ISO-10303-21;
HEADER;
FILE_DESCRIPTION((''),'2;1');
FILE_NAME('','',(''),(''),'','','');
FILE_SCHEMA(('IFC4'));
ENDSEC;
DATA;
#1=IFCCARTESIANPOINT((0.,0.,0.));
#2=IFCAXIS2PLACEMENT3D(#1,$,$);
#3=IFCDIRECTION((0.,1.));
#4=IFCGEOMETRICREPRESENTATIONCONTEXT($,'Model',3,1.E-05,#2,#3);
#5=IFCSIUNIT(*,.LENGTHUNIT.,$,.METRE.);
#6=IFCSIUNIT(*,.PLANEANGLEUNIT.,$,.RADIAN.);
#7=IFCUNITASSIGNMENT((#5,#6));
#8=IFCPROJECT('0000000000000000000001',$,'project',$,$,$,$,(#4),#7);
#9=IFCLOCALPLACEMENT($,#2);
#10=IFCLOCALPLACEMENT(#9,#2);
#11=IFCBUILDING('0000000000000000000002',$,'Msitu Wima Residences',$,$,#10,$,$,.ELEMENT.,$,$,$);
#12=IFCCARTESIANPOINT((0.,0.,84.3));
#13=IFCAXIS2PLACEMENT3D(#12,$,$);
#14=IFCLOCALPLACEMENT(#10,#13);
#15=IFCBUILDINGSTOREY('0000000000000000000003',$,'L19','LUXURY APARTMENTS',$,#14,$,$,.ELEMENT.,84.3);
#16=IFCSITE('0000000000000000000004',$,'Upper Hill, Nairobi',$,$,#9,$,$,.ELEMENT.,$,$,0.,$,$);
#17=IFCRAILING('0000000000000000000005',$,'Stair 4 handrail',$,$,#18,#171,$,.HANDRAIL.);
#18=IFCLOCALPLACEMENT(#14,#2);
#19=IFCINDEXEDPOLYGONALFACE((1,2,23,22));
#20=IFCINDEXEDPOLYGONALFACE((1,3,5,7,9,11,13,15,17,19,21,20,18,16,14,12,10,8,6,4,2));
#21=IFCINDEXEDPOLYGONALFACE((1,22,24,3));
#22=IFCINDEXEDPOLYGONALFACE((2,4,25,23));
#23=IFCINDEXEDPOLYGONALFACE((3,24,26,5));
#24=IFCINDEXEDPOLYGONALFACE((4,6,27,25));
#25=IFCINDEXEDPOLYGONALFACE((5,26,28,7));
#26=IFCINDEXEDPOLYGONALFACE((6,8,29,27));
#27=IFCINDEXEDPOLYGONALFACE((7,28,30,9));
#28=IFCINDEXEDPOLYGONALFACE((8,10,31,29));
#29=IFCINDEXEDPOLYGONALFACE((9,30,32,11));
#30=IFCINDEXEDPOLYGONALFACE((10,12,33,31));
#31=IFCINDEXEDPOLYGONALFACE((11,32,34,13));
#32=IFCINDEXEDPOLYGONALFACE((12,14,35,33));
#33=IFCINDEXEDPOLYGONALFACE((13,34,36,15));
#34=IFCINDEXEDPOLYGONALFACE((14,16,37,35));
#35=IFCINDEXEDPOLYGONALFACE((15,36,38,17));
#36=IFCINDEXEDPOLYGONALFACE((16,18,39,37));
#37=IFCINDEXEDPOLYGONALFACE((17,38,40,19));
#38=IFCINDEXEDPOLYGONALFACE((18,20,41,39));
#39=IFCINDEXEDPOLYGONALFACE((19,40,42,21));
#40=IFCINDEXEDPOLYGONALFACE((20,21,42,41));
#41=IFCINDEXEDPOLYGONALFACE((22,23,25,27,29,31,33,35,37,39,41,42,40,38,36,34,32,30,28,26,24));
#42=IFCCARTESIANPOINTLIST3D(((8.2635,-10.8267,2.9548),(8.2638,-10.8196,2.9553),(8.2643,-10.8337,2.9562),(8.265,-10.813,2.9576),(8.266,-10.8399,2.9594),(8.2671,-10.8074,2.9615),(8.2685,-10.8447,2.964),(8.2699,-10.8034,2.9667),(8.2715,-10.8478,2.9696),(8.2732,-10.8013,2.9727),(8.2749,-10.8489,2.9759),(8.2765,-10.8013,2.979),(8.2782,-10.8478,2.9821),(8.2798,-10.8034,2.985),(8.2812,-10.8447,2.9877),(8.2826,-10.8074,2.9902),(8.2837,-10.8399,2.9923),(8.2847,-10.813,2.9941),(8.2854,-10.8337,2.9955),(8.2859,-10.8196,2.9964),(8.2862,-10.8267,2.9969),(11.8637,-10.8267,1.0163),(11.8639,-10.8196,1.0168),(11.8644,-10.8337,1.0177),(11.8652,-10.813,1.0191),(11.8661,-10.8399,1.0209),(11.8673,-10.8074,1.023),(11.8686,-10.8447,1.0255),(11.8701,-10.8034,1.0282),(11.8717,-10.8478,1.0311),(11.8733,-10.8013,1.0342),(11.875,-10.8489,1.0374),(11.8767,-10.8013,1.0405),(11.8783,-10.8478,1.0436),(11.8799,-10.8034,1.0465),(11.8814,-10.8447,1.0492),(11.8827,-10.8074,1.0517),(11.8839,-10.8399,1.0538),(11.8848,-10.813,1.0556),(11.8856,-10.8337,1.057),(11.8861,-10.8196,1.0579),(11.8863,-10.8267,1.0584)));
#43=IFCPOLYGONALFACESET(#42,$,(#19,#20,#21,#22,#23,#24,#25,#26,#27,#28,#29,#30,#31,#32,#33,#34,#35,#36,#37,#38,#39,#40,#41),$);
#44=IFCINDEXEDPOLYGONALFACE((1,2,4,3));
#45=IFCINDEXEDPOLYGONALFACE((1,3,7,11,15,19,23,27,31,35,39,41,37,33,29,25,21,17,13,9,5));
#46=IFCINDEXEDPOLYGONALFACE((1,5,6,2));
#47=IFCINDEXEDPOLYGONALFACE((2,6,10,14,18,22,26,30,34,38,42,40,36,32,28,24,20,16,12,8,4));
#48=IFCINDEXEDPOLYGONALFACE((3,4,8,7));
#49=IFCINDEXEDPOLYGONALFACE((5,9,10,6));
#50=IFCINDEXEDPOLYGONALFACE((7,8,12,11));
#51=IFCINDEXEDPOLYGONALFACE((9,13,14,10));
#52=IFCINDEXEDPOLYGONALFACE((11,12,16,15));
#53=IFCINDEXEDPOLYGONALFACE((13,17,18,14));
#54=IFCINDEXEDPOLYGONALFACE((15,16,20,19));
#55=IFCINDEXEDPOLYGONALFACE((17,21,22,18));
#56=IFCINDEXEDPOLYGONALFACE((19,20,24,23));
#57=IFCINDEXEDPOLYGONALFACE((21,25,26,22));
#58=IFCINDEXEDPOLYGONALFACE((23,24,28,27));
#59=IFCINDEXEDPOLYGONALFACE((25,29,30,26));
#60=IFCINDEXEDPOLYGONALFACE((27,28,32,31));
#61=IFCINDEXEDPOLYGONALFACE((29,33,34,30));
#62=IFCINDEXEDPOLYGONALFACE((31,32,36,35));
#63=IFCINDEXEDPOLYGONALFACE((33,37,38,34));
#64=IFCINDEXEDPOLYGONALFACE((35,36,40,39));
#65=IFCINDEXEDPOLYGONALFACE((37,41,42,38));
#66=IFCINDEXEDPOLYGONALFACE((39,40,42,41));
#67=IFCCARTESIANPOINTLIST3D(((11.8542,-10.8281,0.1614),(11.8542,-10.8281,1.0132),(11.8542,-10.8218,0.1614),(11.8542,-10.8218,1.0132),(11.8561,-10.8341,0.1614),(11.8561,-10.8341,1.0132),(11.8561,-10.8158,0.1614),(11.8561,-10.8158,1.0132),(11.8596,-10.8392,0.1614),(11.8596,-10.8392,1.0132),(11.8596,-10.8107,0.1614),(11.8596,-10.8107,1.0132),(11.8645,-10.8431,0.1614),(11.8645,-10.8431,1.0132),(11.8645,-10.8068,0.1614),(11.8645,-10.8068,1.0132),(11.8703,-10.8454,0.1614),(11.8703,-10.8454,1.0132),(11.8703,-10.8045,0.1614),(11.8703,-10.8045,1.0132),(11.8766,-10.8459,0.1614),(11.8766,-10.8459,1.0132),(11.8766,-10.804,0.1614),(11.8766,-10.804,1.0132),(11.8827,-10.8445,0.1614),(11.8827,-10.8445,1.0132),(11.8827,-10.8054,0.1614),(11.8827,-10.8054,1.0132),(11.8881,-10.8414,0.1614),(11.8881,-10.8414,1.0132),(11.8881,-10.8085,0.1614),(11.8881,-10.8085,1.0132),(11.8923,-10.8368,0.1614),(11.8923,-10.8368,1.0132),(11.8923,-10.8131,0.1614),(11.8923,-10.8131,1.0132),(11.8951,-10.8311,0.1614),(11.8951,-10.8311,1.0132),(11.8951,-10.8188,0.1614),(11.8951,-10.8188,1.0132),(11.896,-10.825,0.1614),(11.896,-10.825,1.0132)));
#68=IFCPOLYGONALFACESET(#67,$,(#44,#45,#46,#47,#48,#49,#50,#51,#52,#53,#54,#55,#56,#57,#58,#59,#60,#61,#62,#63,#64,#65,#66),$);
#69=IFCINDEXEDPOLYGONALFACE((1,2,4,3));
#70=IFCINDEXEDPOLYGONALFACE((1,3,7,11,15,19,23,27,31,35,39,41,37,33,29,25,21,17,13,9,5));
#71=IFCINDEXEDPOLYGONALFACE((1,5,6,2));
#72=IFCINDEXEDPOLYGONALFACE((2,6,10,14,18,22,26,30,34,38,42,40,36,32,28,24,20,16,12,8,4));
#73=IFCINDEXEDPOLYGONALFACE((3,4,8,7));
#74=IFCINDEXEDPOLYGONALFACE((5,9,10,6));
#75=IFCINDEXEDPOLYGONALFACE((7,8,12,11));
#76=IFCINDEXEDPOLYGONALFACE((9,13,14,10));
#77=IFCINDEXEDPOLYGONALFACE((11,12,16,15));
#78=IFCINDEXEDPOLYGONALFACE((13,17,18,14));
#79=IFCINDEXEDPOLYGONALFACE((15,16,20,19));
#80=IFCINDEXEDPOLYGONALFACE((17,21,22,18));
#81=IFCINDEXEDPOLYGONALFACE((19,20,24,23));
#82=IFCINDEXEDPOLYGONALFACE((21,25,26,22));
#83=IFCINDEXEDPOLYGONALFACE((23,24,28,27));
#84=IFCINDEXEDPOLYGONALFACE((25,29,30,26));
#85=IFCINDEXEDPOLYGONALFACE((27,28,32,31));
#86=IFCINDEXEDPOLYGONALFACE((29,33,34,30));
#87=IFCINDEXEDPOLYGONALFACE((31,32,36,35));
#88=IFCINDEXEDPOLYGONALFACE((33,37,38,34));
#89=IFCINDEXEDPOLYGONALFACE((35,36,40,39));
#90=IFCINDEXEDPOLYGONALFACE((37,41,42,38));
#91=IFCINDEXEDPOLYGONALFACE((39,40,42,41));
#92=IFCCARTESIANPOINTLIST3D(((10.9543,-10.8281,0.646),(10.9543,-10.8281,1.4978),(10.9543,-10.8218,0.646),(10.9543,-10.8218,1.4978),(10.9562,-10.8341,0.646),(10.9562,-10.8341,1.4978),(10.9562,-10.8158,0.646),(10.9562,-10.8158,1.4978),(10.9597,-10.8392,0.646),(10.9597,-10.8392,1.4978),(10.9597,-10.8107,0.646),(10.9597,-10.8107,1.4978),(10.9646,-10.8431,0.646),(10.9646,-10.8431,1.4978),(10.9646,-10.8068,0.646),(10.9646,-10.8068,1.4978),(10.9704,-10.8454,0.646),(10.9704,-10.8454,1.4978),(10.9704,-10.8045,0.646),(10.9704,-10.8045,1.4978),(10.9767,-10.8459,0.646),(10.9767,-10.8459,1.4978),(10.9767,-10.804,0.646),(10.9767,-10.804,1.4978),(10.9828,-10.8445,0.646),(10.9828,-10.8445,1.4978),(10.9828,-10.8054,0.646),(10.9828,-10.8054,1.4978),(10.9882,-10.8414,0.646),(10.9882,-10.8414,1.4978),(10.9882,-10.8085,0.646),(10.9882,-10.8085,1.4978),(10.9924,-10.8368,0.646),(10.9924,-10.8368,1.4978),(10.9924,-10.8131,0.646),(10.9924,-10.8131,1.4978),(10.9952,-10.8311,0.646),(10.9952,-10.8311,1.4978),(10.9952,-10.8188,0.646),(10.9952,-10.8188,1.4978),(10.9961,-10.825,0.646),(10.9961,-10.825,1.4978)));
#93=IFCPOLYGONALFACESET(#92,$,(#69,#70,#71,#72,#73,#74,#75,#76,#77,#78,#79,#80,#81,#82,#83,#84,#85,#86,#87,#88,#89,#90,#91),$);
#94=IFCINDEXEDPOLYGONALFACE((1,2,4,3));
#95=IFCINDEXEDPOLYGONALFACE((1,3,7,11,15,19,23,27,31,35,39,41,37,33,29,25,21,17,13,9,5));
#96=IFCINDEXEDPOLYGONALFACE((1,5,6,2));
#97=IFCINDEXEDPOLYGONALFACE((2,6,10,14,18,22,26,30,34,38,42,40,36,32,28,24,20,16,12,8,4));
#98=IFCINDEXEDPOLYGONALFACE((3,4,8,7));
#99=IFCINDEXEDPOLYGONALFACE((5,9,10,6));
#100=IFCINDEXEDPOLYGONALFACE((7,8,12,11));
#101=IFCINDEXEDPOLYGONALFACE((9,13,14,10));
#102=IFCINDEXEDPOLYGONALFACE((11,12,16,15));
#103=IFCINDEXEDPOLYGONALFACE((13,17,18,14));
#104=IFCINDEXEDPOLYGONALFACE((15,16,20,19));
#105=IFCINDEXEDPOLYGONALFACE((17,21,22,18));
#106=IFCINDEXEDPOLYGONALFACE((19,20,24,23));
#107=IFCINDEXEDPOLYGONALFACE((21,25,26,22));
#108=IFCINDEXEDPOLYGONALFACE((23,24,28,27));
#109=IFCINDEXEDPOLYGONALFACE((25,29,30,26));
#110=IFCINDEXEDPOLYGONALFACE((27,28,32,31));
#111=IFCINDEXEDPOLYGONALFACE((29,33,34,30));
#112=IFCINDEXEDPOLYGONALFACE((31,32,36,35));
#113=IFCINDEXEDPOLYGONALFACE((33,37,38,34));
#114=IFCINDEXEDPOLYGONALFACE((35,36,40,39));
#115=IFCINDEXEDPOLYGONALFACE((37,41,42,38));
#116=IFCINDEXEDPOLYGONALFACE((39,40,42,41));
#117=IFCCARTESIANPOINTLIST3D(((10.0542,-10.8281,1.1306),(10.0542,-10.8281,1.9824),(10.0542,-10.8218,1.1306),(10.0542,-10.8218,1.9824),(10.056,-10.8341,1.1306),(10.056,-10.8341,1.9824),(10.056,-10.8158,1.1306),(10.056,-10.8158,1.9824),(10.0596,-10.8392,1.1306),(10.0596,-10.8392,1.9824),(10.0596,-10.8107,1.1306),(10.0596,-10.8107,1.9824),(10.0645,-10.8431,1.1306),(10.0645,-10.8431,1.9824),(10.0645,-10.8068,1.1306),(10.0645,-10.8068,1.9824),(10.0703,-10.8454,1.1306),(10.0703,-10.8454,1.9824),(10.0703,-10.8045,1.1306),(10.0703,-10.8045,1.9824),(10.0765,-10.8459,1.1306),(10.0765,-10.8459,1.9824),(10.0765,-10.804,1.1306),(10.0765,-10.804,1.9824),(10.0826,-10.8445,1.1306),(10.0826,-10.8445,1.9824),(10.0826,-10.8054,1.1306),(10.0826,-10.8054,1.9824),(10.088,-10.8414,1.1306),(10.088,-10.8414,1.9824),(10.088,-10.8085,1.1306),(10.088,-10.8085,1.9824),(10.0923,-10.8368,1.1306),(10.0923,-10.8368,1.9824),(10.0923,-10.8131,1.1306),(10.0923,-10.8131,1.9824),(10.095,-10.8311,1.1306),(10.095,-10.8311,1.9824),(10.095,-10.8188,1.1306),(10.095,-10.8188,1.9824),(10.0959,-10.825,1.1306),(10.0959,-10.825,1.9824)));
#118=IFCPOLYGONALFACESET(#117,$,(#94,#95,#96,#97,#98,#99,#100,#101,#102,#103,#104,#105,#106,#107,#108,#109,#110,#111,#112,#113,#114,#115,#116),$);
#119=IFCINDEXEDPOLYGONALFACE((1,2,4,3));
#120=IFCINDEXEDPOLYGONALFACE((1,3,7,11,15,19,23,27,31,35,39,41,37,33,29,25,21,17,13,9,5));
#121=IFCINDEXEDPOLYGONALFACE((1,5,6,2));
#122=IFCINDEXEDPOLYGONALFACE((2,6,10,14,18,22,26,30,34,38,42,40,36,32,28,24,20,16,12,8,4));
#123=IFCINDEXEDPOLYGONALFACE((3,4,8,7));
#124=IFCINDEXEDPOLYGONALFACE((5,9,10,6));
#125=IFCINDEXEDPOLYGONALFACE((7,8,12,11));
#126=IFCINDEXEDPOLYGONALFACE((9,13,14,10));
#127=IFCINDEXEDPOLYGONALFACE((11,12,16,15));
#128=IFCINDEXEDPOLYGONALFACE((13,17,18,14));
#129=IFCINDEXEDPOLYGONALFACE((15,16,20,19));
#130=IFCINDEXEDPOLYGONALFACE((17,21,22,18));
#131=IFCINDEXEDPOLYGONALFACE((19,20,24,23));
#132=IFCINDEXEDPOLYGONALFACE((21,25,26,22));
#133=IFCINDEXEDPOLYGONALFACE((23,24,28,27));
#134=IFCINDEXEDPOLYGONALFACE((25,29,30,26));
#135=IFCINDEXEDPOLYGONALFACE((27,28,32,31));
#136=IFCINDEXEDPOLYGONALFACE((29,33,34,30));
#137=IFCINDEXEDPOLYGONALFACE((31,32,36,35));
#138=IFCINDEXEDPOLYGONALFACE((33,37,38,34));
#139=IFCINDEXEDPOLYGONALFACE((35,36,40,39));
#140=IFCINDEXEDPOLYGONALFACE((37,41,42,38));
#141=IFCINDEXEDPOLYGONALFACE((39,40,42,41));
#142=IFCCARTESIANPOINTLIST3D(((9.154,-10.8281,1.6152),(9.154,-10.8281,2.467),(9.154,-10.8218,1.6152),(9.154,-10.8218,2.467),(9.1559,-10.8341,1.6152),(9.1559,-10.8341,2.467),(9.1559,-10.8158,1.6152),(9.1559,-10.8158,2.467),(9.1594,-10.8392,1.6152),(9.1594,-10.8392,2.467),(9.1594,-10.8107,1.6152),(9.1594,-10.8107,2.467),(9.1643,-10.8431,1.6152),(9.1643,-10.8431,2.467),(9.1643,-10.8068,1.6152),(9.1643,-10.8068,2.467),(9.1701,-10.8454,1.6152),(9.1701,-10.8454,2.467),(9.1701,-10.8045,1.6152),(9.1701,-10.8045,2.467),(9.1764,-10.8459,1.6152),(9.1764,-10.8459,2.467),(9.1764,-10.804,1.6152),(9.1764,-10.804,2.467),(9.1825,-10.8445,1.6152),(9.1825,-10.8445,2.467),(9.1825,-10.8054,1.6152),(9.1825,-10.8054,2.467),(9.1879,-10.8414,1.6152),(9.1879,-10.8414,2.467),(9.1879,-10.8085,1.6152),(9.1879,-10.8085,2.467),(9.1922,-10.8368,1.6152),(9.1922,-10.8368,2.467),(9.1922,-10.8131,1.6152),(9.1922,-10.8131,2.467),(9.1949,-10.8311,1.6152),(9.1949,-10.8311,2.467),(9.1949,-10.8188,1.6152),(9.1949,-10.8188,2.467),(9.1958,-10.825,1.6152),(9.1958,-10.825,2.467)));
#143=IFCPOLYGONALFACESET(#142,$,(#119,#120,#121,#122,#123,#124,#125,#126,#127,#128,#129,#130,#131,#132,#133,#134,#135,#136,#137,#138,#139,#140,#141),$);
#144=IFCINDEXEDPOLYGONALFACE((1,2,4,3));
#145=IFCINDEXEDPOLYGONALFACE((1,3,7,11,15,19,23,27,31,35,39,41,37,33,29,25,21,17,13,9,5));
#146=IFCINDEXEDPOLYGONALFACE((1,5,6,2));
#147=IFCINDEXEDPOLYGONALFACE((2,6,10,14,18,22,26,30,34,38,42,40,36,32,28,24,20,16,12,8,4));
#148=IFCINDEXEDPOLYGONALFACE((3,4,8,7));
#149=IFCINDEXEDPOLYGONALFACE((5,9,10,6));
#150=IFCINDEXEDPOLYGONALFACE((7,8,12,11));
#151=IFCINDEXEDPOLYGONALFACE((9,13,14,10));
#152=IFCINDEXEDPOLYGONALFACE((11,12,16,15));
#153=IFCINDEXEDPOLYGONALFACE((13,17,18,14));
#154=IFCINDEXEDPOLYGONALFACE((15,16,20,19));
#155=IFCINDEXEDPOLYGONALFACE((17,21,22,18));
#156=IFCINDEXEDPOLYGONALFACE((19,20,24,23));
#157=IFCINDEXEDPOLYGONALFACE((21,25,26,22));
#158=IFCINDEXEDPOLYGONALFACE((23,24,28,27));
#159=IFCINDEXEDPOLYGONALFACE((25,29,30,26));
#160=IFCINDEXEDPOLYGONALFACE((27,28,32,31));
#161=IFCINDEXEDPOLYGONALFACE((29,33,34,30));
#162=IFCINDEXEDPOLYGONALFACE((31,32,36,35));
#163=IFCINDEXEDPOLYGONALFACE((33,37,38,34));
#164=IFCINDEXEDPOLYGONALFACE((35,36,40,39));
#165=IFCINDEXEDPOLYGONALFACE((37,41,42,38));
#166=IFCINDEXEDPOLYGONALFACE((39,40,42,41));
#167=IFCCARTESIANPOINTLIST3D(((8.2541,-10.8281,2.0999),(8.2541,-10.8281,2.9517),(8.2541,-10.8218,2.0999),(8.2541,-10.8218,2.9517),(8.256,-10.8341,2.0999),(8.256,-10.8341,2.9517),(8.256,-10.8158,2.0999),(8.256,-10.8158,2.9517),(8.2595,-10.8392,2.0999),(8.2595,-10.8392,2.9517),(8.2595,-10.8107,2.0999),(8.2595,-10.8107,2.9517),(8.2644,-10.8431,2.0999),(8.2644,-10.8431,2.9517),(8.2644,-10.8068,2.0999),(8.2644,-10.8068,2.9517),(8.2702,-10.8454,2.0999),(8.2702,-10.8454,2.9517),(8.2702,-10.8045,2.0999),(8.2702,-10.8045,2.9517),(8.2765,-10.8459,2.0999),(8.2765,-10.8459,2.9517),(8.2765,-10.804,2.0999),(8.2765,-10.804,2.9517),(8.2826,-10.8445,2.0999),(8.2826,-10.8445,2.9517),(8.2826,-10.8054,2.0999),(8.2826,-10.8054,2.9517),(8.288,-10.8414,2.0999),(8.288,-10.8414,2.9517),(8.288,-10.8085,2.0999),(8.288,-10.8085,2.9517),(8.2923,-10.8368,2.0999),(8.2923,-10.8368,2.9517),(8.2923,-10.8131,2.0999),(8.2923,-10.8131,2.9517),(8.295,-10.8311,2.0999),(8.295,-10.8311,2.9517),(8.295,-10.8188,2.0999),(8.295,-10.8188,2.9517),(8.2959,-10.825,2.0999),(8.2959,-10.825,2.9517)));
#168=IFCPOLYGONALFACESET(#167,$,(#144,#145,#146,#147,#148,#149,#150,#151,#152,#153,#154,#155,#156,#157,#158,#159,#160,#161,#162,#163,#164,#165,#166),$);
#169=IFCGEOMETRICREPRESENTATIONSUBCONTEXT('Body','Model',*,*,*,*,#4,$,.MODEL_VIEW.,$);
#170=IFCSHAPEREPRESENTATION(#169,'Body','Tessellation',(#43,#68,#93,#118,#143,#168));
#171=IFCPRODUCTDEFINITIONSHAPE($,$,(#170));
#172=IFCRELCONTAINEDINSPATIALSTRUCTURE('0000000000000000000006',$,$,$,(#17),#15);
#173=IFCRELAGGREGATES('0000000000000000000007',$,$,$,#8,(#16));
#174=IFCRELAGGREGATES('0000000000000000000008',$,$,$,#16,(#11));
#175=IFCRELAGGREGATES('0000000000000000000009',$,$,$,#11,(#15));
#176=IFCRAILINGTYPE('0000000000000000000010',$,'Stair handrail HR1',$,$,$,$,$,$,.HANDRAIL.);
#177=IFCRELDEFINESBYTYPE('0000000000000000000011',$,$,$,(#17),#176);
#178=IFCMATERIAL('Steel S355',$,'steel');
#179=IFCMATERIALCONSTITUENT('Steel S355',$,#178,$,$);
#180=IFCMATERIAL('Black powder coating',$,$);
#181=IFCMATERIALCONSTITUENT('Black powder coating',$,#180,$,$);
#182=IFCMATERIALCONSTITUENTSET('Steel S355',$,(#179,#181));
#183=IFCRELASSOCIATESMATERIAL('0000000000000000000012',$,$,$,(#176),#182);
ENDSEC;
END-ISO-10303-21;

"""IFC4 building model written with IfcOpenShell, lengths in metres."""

from ifc_helpers import new_model, si_unit, direction, frame, origin, origin_2d, place, context, subcontext, project, spatial, circle, extrude, material, constituent, constituent_set, type_object, element, save


model = new_model("IFC4")

# Units and contexts
model_context = context("Model", 3, precision=1e-05, world=origin(), true_north=direction((0.0, 1.0)))
body_context = subcontext(model_context, "Body", "Model", "MODEL_VIEW")
ifc_project = project(units=[si_unit("LENGTHUNIT", "METRE"), si_unit("PLANEANGLEUNIT", "RADIAN")], contexts=[model_context])

# Site, building, storey
site_placement = place(None, origin())
site = spatial("IfcSite", under=ifc_project, at=site_placement, Name="Upper Hill, Nairobi", CompositionType="ELEMENT", RefElevation=0.0)
building_placement = place(site_placement, origin())
building = spatial("IfcBuilding", under=site, at=building_placement, Name="Msitu Wima Residences", CompositionType="ELEMENT")
storey_placement = place(building_placement, frame((0.0, 0.0, 84.3)))
storey = spatial("IfcBuildingStorey", under=building, at=storey_placement, Name="L19", Description="LUXURY APARTMENTS", CompositionType="ELEMENT", Elevation=84.3)

# Railing
ifc_material_1 = material(Name="Steel S355", Category="steel")
ifc_constituent_1 = constituent(ifc_material_1, Name="Steel S355")
ifc_material_2 = material(Name="Black powder coating")
ifc_constituent_2 = constituent(ifc_material_2, Name="Black powder coating")
ifc_constituent_set = constituent_set(constituents=[ifc_constituent_1, ifc_constituent_2], Name="Steel S355")
railing_type = type_object("IfcRailingType", Name="Stair handrail HR1", PredefinedType="HANDRAIL", material=ifc_constituent_set)
for number, where, name in (
    (1, (11.875, -10.825, 0.1614), "Stair 4 handrail"),
):
    element("IfcRailing", number, at=place(storey_placement, frame(where)), inside=storey, type_object=railing_type, Name=name, PredefinedType="HANDRAIL", context=body_context, shape_type="SweptSolid", body=[
        extrude(circle(Radius=0.0239, at=origin_2d()), frame((0.0, 0.0, 0.876), z_axis=(-0.880475, 0.0, 0.474093), x_axis=(0.0, -1.0, 0.0)), (0.0, 0.0, 1.0), 4.0889),
        extrude(circle(Radius=0.021, at=origin_2d()), origin(), (0.0, 0.0, 1.0), 0.8518),
        extrude(circle(Radius=0.021, at=origin_2d()), frame((-0.8999, 0.0, 0.4846)), (0.0, 0.0, 1.0), 0.8518),
        extrude(circle(Radius=0.021, at=origin_2d()), frame((-1.8, 0.0, 0.9692)), (0.0, 0.0, 1.0), 0.8518),
        extrude(circle(Radius=0.021, at=origin_2d()), frame((-2.7002, 0.0, 1.4539)), (0.0, 0.0, 1.0), 0.8518),
        extrude(circle(Radius=0.021, at=origin_2d()), frame((-3.6001, 0.0, 1.9385)), (0.0, 0.0, 1.0), 0.8518),
    ])

save(model, "model.ifc")
